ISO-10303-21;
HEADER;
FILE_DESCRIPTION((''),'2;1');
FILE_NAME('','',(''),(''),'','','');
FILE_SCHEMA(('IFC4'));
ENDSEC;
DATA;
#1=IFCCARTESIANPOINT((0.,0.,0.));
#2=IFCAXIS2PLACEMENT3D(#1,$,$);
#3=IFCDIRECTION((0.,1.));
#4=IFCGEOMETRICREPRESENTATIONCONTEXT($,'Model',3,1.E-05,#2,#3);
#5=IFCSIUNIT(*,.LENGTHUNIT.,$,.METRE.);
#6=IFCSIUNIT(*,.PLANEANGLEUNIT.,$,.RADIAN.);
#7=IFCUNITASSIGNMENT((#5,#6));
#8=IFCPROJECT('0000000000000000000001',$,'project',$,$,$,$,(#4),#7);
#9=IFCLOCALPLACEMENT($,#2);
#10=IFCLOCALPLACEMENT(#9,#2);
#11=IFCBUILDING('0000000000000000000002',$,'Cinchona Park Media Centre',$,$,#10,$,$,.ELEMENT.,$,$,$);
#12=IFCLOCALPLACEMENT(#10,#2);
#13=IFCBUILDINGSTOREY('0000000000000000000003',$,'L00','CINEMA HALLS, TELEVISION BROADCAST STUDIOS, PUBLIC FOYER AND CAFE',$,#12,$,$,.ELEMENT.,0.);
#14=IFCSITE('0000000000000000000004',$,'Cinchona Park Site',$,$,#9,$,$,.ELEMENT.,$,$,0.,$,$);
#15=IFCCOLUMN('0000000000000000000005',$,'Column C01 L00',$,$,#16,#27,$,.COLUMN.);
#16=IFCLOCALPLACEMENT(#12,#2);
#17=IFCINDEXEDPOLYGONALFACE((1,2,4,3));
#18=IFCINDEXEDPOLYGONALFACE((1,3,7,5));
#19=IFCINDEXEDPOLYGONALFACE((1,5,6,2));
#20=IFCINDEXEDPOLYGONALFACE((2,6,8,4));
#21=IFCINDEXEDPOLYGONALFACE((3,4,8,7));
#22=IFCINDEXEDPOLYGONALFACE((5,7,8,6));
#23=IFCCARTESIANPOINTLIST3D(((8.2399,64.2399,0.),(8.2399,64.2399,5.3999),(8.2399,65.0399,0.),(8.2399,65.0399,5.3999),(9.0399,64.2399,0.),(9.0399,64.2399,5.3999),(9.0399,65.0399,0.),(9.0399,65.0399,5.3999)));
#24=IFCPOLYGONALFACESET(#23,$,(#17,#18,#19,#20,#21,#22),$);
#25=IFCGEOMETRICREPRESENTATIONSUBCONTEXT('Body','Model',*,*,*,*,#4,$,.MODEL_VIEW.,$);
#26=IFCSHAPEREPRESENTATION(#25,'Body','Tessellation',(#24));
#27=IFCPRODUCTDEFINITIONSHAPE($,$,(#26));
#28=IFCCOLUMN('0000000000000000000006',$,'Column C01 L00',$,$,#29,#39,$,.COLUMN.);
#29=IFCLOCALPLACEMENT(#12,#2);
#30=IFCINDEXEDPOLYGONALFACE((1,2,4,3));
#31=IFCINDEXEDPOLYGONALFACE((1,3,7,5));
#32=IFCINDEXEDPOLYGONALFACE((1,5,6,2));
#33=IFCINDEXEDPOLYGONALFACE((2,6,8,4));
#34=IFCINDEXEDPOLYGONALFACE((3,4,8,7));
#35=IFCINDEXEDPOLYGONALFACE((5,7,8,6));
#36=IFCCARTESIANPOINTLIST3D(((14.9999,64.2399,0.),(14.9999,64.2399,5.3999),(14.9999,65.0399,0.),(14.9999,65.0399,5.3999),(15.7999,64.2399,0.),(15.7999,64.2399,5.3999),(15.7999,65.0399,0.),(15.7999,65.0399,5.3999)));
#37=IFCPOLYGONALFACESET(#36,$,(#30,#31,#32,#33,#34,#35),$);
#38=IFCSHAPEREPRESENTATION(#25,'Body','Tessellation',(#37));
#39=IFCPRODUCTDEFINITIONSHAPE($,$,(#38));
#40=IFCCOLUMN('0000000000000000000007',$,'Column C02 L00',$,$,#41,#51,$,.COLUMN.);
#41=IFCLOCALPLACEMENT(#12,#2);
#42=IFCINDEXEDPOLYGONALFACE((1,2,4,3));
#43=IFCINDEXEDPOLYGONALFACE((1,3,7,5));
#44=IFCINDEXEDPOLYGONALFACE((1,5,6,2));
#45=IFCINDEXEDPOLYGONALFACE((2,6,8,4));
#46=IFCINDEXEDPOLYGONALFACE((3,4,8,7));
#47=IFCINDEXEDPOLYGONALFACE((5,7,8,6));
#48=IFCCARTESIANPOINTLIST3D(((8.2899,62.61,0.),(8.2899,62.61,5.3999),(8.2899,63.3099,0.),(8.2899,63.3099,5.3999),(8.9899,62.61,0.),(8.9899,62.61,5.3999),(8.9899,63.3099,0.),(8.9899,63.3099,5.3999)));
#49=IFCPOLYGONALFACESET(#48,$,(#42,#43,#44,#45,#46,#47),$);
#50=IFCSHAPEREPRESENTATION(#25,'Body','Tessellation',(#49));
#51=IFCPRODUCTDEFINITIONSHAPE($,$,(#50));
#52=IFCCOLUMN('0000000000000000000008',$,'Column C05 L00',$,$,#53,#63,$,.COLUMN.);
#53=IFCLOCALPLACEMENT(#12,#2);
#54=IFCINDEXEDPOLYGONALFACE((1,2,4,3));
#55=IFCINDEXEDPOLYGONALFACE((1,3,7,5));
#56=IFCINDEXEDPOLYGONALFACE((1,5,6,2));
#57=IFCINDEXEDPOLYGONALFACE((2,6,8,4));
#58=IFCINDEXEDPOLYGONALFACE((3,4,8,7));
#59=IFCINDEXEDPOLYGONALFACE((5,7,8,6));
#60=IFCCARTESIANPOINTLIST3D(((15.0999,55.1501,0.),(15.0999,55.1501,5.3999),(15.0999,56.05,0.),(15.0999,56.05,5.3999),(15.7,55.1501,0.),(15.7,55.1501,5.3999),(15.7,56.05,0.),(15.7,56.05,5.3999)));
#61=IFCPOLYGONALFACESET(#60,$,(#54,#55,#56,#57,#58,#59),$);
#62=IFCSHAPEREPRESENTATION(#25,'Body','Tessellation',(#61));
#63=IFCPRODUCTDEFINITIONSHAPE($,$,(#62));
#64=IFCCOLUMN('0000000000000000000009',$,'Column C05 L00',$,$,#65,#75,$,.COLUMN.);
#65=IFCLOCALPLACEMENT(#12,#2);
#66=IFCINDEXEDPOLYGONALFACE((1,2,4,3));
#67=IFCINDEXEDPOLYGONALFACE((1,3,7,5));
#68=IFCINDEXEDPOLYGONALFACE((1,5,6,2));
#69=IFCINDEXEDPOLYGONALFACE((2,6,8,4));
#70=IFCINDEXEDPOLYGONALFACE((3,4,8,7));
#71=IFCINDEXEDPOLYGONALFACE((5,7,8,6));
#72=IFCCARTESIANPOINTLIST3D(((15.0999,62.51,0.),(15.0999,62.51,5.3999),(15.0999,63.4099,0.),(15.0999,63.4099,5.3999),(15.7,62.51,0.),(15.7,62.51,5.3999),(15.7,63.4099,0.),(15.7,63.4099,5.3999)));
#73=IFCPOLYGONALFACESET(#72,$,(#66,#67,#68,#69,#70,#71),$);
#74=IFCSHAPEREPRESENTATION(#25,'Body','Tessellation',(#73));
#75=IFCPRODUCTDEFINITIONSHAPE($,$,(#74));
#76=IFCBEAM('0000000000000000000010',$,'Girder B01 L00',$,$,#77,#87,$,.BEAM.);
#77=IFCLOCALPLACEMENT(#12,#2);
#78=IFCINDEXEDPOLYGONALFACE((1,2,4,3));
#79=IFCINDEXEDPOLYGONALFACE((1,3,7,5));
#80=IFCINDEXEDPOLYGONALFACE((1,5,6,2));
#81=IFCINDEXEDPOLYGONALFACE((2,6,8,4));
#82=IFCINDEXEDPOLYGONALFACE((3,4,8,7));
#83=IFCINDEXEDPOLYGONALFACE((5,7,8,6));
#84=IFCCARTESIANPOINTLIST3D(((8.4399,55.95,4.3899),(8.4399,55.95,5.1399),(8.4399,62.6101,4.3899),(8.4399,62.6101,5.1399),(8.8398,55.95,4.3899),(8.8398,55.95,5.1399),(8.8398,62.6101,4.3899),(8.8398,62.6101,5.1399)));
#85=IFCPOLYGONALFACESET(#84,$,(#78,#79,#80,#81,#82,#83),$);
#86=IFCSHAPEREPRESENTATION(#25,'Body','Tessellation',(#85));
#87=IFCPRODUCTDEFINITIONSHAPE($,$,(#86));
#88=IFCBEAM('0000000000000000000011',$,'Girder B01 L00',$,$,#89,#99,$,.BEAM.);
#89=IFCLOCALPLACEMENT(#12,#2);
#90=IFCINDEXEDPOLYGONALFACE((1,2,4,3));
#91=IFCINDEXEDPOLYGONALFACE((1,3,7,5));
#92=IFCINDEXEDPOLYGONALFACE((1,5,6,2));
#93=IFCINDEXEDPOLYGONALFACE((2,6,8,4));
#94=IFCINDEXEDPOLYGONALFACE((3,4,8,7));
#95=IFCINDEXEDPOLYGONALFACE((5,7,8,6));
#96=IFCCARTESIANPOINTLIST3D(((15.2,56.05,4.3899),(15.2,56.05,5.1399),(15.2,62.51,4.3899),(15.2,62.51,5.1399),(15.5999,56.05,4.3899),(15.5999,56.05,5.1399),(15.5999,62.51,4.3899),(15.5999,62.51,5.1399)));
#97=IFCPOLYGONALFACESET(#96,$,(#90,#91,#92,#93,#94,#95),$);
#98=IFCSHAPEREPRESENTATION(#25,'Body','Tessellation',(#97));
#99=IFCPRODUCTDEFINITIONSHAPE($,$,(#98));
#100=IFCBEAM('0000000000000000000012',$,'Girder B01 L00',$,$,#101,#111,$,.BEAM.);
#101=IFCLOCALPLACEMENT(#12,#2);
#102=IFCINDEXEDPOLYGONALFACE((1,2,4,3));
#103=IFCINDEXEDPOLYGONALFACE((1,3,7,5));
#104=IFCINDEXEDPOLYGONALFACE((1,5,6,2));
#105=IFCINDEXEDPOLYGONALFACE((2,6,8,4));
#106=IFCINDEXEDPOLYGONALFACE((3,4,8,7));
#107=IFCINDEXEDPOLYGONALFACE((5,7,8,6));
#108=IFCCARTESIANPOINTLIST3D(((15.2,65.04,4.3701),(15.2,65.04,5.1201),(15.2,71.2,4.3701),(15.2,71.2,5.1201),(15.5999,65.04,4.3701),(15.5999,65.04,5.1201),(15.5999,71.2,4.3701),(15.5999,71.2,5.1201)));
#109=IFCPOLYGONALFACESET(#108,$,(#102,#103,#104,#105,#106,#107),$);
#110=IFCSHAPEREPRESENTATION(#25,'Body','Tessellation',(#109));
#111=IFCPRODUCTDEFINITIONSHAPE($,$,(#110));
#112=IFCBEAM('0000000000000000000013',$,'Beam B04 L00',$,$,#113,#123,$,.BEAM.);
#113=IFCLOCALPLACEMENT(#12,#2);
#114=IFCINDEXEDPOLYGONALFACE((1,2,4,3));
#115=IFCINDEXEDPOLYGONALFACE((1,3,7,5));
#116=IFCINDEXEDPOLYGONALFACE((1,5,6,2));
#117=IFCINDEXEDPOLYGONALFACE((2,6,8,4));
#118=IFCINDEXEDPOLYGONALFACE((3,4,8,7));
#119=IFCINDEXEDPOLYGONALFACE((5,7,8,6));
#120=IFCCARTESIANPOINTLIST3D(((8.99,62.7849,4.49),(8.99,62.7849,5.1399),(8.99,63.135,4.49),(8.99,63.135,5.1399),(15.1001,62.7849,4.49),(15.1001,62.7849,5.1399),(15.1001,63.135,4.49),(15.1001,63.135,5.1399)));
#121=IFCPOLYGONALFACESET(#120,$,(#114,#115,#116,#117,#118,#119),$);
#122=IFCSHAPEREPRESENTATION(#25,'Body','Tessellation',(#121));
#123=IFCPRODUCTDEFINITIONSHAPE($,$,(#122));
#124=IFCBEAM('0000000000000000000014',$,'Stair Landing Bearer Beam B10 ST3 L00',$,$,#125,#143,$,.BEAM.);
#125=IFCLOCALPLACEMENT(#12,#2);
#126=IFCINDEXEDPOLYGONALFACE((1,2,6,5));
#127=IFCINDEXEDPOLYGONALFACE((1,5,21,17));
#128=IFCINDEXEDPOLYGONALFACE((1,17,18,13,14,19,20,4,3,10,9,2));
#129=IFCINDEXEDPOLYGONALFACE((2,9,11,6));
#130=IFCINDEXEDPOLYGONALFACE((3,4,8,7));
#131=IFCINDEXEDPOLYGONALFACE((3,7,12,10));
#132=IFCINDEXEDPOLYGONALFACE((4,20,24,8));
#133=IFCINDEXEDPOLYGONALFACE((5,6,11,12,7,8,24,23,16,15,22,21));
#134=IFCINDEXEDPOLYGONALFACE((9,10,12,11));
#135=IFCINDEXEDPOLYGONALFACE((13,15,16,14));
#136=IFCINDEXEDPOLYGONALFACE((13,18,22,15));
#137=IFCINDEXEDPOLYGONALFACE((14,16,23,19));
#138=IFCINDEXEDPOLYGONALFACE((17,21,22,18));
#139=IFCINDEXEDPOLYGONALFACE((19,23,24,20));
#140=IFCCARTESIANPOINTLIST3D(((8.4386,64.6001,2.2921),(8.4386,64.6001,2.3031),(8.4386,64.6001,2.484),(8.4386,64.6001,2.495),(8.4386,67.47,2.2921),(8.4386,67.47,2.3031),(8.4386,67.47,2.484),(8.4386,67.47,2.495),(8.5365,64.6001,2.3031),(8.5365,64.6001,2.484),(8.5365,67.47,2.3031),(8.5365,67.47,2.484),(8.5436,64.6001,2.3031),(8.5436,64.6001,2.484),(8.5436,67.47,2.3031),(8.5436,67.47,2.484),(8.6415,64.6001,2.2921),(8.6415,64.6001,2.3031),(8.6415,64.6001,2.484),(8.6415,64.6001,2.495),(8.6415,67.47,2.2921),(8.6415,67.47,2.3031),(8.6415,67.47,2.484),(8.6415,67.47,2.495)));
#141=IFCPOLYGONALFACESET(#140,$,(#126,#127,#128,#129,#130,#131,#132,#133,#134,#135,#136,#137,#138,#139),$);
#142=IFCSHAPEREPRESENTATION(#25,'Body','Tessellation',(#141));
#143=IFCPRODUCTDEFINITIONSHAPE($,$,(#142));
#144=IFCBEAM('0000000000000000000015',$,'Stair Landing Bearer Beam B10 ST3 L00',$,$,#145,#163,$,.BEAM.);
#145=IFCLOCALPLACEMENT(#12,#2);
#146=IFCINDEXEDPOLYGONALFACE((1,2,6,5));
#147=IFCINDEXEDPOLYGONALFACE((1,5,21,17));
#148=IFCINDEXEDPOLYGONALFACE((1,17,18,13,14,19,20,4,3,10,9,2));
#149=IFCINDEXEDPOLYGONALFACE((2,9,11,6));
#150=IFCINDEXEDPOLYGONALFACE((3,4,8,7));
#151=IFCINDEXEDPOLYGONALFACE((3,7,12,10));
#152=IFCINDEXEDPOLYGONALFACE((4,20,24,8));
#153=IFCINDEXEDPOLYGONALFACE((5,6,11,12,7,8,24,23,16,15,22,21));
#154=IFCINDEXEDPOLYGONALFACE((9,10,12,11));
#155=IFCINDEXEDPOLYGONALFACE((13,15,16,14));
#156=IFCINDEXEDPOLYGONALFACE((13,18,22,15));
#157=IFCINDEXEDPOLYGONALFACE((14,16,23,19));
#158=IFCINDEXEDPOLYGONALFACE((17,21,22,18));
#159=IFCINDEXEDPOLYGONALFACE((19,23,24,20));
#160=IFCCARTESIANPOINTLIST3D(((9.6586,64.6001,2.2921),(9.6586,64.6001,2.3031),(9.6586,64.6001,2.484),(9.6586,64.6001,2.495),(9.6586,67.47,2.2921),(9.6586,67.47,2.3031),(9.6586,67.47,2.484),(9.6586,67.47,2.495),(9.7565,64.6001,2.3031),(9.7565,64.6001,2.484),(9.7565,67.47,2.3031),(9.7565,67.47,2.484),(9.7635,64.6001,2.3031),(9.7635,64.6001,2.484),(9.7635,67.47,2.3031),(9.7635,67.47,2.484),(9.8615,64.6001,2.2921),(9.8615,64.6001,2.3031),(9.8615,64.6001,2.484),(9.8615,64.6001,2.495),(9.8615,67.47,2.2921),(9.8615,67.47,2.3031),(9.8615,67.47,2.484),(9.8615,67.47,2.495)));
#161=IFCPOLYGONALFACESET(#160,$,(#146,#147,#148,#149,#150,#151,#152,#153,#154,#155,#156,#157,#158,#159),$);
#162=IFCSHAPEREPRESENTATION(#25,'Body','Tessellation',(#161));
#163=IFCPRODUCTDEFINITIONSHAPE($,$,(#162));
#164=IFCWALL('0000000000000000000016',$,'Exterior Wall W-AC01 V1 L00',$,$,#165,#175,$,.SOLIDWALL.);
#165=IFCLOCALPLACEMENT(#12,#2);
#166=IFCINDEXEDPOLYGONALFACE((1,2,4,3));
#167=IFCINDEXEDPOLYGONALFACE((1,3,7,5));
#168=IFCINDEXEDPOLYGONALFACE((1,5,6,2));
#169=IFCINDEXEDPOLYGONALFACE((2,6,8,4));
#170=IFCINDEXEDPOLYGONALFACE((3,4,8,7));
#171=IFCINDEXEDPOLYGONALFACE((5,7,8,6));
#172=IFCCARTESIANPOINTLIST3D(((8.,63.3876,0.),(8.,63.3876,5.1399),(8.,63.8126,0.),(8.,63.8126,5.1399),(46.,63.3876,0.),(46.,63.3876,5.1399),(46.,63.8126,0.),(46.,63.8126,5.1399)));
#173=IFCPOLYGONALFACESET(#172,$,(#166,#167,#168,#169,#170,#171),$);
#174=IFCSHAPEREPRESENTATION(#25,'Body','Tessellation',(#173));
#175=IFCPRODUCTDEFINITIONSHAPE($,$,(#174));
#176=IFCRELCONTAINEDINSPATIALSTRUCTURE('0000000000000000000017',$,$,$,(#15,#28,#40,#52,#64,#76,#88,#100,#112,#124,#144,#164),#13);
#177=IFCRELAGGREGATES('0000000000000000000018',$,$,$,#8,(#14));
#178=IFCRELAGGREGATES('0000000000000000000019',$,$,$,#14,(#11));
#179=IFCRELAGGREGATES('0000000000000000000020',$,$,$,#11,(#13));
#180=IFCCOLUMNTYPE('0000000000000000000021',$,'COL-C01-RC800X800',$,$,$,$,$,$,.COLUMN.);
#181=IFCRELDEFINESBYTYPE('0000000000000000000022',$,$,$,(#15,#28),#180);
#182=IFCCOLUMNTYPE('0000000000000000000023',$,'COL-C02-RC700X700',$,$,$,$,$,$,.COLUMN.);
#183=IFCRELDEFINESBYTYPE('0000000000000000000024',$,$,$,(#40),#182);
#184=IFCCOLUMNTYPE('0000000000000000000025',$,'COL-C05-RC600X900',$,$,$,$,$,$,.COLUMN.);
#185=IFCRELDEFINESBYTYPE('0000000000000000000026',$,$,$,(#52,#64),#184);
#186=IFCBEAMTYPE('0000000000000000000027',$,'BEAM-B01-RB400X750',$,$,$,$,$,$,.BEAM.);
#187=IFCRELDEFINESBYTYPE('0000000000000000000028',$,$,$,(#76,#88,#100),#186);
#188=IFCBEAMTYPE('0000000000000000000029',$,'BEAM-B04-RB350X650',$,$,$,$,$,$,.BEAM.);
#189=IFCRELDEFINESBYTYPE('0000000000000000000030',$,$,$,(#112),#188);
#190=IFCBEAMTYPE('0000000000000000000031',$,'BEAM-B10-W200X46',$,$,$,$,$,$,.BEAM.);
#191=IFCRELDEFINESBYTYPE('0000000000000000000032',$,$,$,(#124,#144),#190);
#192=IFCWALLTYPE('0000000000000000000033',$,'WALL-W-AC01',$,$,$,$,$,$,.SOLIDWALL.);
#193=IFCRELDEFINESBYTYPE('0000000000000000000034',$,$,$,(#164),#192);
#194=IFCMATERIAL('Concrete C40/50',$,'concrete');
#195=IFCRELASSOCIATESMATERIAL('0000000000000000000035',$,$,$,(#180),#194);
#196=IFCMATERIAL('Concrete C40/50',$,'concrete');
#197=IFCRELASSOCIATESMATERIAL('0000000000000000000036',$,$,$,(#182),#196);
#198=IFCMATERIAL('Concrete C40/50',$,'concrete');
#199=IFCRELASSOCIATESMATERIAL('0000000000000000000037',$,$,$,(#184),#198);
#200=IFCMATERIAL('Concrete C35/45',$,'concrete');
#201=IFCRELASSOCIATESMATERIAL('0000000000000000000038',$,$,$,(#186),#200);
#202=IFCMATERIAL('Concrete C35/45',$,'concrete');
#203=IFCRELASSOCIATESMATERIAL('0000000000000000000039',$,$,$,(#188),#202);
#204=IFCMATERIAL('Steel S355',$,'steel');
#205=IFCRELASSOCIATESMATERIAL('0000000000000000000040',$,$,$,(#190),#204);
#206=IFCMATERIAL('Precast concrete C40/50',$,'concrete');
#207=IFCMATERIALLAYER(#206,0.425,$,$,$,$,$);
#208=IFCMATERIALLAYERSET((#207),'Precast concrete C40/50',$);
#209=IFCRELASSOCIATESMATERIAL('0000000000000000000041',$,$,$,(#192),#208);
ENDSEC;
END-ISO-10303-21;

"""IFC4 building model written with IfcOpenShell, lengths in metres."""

from ifc_helpers import new_model, si_unit, direction, frame, frame_2d, origin, origin_2d, place, context, subcontext, project, spatial, rectangle, i_section, extrude, material, layer, layer_set, material_profile, profile_set, type_object, element, save


model = new_model("IFC4")

# Units and contexts
model_context = context("Model", 3, precision=1e-05, world=origin(), true_north=direction((0.0, 1.0)))
body_context = subcontext(model_context, "Body", "Model", "MODEL_VIEW")
ifc_project = project(units=[si_unit("LENGTHUNIT", "METRE"), si_unit("PLANEANGLEUNIT", "RADIAN")], contexts=[model_context])

# Site, building, storey
site_placement = place(None, origin())
site = spatial("IfcSite", under=ifc_project, at=site_placement, Name="Cinchona Park Site", CompositionType="ELEMENT", RefElevation=0.0)
building_placement = place(site_placement, origin())
building = spatial("IfcBuilding", under=site, at=building_placement, Name="Cinchona Park Media Centre", CompositionType="ELEMENT")
storey_placement = place(building_placement, origin())
storey = spatial("IfcBuildingStorey", under=building, at=storey_placement, Name="L00", Description="CINEMA HALLS, TELEVISION BROADCAST STUDIOS, PUBLIC FOYER AND CAFE", CompositionType="ELEMENT", Elevation=0.0)

# Columns
ifc_material_1 = material(Name="Concrete C40/50", Category="concrete")
ifc_material_profile_1 = material_profile(ifc_material_1, rectangle(XDim=0.8, YDim=0.8, at=origin_2d()), Name="RC 800X800")
ifc_profile_set_1 = profile_set([ifc_material_profile_1], Name="Concrete C40/50")
column_type_1 = type_object("IfcColumnType", Name="COL-C01-RC800X800", PredefinedType="COLUMN", material=ifc_profile_set_1)
for number, where, z_axis, x_axis, name in (
    (1, (8.6399, 64.6399, 0.0), (0.0, 0.0, 1.0), (1.0, 0.0, 0.0), "Column C01 L00"),
    (2, (15.3999, 64.6399, 0.0), (0.0, 0.0, 1.0), (1.0, 0.0, 0.0), "Column C01 L00"),
):
    element("IfcColumn", number, at=place(storey_placement, frame(where, z_axis=z_axis, x_axis=x_axis)), inside=storey, type_object=column_type_1, Name=name, PredefinedType="COLUMN", context=body_context, shape_type="SweptSolid", body=[
        extrude(rectangle(XDim=0.8, YDim=0.8, at=origin_2d()), origin(), (0.0, 0.0, 1.0), 5.3999),
    ])
ifc_material_2 = material(Name="Concrete C40/50", Category="concrete")
ifc_material_profile_2 = material_profile(ifc_material_2, rectangle(XDim=0.7, YDim=0.7, at=origin_2d()), Name="RC 700X700")
ifc_profile_set_2 = profile_set([ifc_material_profile_2], Name="Concrete C40/50")
column_type_2 = type_object("IfcColumnType", Name="COL-C02-RC700X700", PredefinedType="COLUMN", material=ifc_profile_set_2)
column_placement = place(storey_placement, frame((8.6399, 62.96, 0.0), z_axis=(0.0, 0.0, 1.0), x_axis=(1.0, 0.0, 0.0)))
element("IfcColumn", 3, at=column_placement, inside=storey, type_object=column_type_2, Name="Column C02 L00", PredefinedType="COLUMN", context=body_context, shape_type="SweptSolid", body=[
    extrude(rectangle(XDim=0.7, YDim=0.7, at=origin_2d()), origin(), (0.0, 0.0, 1.0), 5.3999),
])
ifc_material_3 = material(Name="Concrete C40/50", Category="concrete")
ifc_material_profile_3 = material_profile(ifc_material_3, rectangle(XDim=0.6001, YDim=0.8999, at=origin_2d()), Name="RC 600X900")
ifc_profile_set_3 = profile_set([ifc_material_profile_3], Name="Concrete C40/50")
column_type_3 = type_object("IfcColumnType", Name="COL-C05-RC600X900", PredefinedType="COLUMN", material=ifc_profile_set_3)
for number, where, z_axis, x_axis, name in (
    (4, (15.3999, 55.6001, 0.0), (0.0, 0.0, 1.0), (1.0, 0.0, 0.0), "Column C05 L00"),
    (5, (15.3999, 62.96, 0.0), (0.0, 0.0, 1.0), (1.0, 0.0, 0.0), "Column C05 L00"),
):
    element("IfcColumn", number, at=place(storey_placement, frame(where, z_axis=z_axis, x_axis=x_axis)), inside=storey, type_object=column_type_3, Name=name, PredefinedType="COLUMN", context=body_context, shape_type="SweptSolid", body=[
        extrude(rectangle(XDim=0.6001, YDim=0.8999, at=origin_2d()), origin(), (0.0, 0.0, 1.0), 5.3999),
    ])

# Beams
ifc_material_4 = material(Name="Concrete C35/45", Category="concrete")
ifc_material_profile_4 = material_profile(ifc_material_4, rectangle(XDim=0.3999, YDim=0.75, at=origin_2d()), Name="RB 400X750")
ifc_profile_set_4 = profile_set([ifc_material_profile_4], Name="Concrete C35/45")
beam_type_1 = type_object("IfcBeamType", Name="BEAM-B01-RB400X750", PredefinedType="BEAM", material=ifc_profile_set_4)
beam_1_placement = place(storey_placement, frame((8.6399, 55.95, 4.7649), z_axis=(0.0, 1.0, 0.0), x_axis=(-1.0, 0.0, 0.0)))
element("IfcBeam", 6, at=beam_1_placement, inside=storey, type_object=beam_type_1, Name="Girder B01 L00", PredefinedType="BEAM", context=body_context, shape_type="SweptSolid", body=[
    extrude(rectangle(XDim=0.3999, YDim=0.75, at=origin_2d()), origin(), (0.0, 0.0, 1.0), 6.6602),
])
beam_2_placement = place(storey_placement, frame((15.3999, 56.05, 4.7649), z_axis=(0.0, 1.0, 0.0), x_axis=(-1.0, 0.0, 0.0)))
element("IfcBeam", 7, at=beam_2_placement, inside=storey, type_object=beam_type_1, Name="Girder B01 L00", PredefinedType="BEAM", context=body_context, shape_type="SweptSolid", body=[
    extrude(rectangle(XDim=0.3999, YDim=0.75, at=origin_2d()), origin(), (0.0, 0.0, 1.0), 6.46),
])
beam_3_placement = place(storey_placement, frame((15.3999, 65.04, 4.7451), z_axis=(0.0, 1.0, 0.0), x_axis=(-1.0, 0.0, 0.0)))
element("IfcBeam", 8, at=beam_3_placement, inside=storey, type_object=beam_type_1, Name="Girder B01 L00", PredefinedType="BEAM", context=body_context, shape_type="SweptSolid", body=[
    extrude(rectangle(XDim=0.3999, YDim=0.75, at=origin_2d()), origin(), (0.0, 0.0, 1.0), 6.1599),
])
ifc_material_5 = material(Name="Concrete C35/45", Category="concrete")
ifc_material_profile_5 = material_profile(ifc_material_5, rectangle(XDim=0.3501, YDim=0.6499, at=origin_2d()), Name="RB 350X650")
ifc_profile_set_5 = profile_set([ifc_material_profile_5], Name="Concrete C35/45")
beam_type_2 = type_object("IfcBeamType", Name="BEAM-B04-RB350X650", PredefinedType="BEAM", material=ifc_profile_set_5)
beam_4_placement = place(storey_placement, frame((8.99, 62.96, 4.8149), z_axis=(1.0, 0.0, 0.0), x_axis=(0.0, 1.0, 0.0)))
element("IfcBeam", 9, at=beam_4_placement, inside=storey, type_object=beam_type_2, Name="Beam B04 L00", PredefinedType="BEAM", context=body_context, shape_type="SweptSolid", body=[
    extrude(rectangle(XDim=0.3501, YDim=0.6499, at=origin_2d()), origin(), (0.0, 0.0, 1.0), 6.1101),
])
ifc_material_6 = material(Name="Steel S355", Category="steel")
ifc_material_profile_6 = material_profile(ifc_material_6, i_section(OverallWidth=0.2029, OverallDepth=0.2029, WebThickness=0.0071, FlangeThickness=0.011, at=origin_2d()), Name="W200X46")
ifc_profile_set_6 = profile_set([ifc_material_profile_6], Name="Steel S355")
beam_type_3 = type_object("IfcBeamType", Name="BEAM-B10-W200X46", PredefinedType="BEAM", material=ifc_profile_set_6)
for number, where, z_axis, x_axis, name in (
    (10, (8.54, 67.47, 2.3936), (0.0, -1.0, 0.0), (1.0, 0.0, 0.0), "Stair Landing Bearer Beam B10 ST3 L00"),
    (11, (9.76, 67.47, 2.3936), (0.0, -1.0, 0.0), (1.0, 0.0, 0.0), "Stair Landing Bearer Beam B10 ST3 L00"),
):
    element("IfcBeam", number, at=place(storey_placement, frame(where, z_axis=z_axis, x_axis=x_axis)), inside=storey, type_object=beam_type_3, Name=name, PredefinedType="BEAM", context=body_context, shape_type="SweptSolid", body=[
        extrude(i_section(OverallWidth=0.2029, OverallDepth=0.2029, WebThickness=0.0071, FlangeThickness=0.011, at=origin_2d()), origin(), (0.0, 0.0, 1.0), 2.8699),
    ])

# Wall
ifc_material_7 = material(Name="Precast concrete C40/50", Category="concrete")
ifc_layer_1 = layer(ifc_material_7, 0.425)
ifc_layer_set_1 = layer_set([ifc_layer_1], Name="Precast concrete C40/50")
wall_type_1 = type_object("IfcWallType", Name="WALL-W-AC01", PredefinedType="SOLIDWALL", material=ifc_layer_set_1)
wall_1_placement = place(storey_placement, frame((8.0, 63.6001, 0.0), z_axis=(0.0, 0.0, 1.0), x_axis=(1.0, 0.0, 0.0)))
element("IfcWall", 12, at=wall_1_placement, inside=storey, type_object=wall_type_1, Name="Exterior Wall W-AC01 V1 L00", PredefinedType="SOLIDWALL", context=body_context, shape_type="SweptSolid", body=[
    extrude(rectangle(XDim=38.0, YDim=0.425, at=frame_2d((19.0, 0.0))), origin(), (0.0, 0.0, 1.0), 5.1399),
])

save(model, "model.ifc")
